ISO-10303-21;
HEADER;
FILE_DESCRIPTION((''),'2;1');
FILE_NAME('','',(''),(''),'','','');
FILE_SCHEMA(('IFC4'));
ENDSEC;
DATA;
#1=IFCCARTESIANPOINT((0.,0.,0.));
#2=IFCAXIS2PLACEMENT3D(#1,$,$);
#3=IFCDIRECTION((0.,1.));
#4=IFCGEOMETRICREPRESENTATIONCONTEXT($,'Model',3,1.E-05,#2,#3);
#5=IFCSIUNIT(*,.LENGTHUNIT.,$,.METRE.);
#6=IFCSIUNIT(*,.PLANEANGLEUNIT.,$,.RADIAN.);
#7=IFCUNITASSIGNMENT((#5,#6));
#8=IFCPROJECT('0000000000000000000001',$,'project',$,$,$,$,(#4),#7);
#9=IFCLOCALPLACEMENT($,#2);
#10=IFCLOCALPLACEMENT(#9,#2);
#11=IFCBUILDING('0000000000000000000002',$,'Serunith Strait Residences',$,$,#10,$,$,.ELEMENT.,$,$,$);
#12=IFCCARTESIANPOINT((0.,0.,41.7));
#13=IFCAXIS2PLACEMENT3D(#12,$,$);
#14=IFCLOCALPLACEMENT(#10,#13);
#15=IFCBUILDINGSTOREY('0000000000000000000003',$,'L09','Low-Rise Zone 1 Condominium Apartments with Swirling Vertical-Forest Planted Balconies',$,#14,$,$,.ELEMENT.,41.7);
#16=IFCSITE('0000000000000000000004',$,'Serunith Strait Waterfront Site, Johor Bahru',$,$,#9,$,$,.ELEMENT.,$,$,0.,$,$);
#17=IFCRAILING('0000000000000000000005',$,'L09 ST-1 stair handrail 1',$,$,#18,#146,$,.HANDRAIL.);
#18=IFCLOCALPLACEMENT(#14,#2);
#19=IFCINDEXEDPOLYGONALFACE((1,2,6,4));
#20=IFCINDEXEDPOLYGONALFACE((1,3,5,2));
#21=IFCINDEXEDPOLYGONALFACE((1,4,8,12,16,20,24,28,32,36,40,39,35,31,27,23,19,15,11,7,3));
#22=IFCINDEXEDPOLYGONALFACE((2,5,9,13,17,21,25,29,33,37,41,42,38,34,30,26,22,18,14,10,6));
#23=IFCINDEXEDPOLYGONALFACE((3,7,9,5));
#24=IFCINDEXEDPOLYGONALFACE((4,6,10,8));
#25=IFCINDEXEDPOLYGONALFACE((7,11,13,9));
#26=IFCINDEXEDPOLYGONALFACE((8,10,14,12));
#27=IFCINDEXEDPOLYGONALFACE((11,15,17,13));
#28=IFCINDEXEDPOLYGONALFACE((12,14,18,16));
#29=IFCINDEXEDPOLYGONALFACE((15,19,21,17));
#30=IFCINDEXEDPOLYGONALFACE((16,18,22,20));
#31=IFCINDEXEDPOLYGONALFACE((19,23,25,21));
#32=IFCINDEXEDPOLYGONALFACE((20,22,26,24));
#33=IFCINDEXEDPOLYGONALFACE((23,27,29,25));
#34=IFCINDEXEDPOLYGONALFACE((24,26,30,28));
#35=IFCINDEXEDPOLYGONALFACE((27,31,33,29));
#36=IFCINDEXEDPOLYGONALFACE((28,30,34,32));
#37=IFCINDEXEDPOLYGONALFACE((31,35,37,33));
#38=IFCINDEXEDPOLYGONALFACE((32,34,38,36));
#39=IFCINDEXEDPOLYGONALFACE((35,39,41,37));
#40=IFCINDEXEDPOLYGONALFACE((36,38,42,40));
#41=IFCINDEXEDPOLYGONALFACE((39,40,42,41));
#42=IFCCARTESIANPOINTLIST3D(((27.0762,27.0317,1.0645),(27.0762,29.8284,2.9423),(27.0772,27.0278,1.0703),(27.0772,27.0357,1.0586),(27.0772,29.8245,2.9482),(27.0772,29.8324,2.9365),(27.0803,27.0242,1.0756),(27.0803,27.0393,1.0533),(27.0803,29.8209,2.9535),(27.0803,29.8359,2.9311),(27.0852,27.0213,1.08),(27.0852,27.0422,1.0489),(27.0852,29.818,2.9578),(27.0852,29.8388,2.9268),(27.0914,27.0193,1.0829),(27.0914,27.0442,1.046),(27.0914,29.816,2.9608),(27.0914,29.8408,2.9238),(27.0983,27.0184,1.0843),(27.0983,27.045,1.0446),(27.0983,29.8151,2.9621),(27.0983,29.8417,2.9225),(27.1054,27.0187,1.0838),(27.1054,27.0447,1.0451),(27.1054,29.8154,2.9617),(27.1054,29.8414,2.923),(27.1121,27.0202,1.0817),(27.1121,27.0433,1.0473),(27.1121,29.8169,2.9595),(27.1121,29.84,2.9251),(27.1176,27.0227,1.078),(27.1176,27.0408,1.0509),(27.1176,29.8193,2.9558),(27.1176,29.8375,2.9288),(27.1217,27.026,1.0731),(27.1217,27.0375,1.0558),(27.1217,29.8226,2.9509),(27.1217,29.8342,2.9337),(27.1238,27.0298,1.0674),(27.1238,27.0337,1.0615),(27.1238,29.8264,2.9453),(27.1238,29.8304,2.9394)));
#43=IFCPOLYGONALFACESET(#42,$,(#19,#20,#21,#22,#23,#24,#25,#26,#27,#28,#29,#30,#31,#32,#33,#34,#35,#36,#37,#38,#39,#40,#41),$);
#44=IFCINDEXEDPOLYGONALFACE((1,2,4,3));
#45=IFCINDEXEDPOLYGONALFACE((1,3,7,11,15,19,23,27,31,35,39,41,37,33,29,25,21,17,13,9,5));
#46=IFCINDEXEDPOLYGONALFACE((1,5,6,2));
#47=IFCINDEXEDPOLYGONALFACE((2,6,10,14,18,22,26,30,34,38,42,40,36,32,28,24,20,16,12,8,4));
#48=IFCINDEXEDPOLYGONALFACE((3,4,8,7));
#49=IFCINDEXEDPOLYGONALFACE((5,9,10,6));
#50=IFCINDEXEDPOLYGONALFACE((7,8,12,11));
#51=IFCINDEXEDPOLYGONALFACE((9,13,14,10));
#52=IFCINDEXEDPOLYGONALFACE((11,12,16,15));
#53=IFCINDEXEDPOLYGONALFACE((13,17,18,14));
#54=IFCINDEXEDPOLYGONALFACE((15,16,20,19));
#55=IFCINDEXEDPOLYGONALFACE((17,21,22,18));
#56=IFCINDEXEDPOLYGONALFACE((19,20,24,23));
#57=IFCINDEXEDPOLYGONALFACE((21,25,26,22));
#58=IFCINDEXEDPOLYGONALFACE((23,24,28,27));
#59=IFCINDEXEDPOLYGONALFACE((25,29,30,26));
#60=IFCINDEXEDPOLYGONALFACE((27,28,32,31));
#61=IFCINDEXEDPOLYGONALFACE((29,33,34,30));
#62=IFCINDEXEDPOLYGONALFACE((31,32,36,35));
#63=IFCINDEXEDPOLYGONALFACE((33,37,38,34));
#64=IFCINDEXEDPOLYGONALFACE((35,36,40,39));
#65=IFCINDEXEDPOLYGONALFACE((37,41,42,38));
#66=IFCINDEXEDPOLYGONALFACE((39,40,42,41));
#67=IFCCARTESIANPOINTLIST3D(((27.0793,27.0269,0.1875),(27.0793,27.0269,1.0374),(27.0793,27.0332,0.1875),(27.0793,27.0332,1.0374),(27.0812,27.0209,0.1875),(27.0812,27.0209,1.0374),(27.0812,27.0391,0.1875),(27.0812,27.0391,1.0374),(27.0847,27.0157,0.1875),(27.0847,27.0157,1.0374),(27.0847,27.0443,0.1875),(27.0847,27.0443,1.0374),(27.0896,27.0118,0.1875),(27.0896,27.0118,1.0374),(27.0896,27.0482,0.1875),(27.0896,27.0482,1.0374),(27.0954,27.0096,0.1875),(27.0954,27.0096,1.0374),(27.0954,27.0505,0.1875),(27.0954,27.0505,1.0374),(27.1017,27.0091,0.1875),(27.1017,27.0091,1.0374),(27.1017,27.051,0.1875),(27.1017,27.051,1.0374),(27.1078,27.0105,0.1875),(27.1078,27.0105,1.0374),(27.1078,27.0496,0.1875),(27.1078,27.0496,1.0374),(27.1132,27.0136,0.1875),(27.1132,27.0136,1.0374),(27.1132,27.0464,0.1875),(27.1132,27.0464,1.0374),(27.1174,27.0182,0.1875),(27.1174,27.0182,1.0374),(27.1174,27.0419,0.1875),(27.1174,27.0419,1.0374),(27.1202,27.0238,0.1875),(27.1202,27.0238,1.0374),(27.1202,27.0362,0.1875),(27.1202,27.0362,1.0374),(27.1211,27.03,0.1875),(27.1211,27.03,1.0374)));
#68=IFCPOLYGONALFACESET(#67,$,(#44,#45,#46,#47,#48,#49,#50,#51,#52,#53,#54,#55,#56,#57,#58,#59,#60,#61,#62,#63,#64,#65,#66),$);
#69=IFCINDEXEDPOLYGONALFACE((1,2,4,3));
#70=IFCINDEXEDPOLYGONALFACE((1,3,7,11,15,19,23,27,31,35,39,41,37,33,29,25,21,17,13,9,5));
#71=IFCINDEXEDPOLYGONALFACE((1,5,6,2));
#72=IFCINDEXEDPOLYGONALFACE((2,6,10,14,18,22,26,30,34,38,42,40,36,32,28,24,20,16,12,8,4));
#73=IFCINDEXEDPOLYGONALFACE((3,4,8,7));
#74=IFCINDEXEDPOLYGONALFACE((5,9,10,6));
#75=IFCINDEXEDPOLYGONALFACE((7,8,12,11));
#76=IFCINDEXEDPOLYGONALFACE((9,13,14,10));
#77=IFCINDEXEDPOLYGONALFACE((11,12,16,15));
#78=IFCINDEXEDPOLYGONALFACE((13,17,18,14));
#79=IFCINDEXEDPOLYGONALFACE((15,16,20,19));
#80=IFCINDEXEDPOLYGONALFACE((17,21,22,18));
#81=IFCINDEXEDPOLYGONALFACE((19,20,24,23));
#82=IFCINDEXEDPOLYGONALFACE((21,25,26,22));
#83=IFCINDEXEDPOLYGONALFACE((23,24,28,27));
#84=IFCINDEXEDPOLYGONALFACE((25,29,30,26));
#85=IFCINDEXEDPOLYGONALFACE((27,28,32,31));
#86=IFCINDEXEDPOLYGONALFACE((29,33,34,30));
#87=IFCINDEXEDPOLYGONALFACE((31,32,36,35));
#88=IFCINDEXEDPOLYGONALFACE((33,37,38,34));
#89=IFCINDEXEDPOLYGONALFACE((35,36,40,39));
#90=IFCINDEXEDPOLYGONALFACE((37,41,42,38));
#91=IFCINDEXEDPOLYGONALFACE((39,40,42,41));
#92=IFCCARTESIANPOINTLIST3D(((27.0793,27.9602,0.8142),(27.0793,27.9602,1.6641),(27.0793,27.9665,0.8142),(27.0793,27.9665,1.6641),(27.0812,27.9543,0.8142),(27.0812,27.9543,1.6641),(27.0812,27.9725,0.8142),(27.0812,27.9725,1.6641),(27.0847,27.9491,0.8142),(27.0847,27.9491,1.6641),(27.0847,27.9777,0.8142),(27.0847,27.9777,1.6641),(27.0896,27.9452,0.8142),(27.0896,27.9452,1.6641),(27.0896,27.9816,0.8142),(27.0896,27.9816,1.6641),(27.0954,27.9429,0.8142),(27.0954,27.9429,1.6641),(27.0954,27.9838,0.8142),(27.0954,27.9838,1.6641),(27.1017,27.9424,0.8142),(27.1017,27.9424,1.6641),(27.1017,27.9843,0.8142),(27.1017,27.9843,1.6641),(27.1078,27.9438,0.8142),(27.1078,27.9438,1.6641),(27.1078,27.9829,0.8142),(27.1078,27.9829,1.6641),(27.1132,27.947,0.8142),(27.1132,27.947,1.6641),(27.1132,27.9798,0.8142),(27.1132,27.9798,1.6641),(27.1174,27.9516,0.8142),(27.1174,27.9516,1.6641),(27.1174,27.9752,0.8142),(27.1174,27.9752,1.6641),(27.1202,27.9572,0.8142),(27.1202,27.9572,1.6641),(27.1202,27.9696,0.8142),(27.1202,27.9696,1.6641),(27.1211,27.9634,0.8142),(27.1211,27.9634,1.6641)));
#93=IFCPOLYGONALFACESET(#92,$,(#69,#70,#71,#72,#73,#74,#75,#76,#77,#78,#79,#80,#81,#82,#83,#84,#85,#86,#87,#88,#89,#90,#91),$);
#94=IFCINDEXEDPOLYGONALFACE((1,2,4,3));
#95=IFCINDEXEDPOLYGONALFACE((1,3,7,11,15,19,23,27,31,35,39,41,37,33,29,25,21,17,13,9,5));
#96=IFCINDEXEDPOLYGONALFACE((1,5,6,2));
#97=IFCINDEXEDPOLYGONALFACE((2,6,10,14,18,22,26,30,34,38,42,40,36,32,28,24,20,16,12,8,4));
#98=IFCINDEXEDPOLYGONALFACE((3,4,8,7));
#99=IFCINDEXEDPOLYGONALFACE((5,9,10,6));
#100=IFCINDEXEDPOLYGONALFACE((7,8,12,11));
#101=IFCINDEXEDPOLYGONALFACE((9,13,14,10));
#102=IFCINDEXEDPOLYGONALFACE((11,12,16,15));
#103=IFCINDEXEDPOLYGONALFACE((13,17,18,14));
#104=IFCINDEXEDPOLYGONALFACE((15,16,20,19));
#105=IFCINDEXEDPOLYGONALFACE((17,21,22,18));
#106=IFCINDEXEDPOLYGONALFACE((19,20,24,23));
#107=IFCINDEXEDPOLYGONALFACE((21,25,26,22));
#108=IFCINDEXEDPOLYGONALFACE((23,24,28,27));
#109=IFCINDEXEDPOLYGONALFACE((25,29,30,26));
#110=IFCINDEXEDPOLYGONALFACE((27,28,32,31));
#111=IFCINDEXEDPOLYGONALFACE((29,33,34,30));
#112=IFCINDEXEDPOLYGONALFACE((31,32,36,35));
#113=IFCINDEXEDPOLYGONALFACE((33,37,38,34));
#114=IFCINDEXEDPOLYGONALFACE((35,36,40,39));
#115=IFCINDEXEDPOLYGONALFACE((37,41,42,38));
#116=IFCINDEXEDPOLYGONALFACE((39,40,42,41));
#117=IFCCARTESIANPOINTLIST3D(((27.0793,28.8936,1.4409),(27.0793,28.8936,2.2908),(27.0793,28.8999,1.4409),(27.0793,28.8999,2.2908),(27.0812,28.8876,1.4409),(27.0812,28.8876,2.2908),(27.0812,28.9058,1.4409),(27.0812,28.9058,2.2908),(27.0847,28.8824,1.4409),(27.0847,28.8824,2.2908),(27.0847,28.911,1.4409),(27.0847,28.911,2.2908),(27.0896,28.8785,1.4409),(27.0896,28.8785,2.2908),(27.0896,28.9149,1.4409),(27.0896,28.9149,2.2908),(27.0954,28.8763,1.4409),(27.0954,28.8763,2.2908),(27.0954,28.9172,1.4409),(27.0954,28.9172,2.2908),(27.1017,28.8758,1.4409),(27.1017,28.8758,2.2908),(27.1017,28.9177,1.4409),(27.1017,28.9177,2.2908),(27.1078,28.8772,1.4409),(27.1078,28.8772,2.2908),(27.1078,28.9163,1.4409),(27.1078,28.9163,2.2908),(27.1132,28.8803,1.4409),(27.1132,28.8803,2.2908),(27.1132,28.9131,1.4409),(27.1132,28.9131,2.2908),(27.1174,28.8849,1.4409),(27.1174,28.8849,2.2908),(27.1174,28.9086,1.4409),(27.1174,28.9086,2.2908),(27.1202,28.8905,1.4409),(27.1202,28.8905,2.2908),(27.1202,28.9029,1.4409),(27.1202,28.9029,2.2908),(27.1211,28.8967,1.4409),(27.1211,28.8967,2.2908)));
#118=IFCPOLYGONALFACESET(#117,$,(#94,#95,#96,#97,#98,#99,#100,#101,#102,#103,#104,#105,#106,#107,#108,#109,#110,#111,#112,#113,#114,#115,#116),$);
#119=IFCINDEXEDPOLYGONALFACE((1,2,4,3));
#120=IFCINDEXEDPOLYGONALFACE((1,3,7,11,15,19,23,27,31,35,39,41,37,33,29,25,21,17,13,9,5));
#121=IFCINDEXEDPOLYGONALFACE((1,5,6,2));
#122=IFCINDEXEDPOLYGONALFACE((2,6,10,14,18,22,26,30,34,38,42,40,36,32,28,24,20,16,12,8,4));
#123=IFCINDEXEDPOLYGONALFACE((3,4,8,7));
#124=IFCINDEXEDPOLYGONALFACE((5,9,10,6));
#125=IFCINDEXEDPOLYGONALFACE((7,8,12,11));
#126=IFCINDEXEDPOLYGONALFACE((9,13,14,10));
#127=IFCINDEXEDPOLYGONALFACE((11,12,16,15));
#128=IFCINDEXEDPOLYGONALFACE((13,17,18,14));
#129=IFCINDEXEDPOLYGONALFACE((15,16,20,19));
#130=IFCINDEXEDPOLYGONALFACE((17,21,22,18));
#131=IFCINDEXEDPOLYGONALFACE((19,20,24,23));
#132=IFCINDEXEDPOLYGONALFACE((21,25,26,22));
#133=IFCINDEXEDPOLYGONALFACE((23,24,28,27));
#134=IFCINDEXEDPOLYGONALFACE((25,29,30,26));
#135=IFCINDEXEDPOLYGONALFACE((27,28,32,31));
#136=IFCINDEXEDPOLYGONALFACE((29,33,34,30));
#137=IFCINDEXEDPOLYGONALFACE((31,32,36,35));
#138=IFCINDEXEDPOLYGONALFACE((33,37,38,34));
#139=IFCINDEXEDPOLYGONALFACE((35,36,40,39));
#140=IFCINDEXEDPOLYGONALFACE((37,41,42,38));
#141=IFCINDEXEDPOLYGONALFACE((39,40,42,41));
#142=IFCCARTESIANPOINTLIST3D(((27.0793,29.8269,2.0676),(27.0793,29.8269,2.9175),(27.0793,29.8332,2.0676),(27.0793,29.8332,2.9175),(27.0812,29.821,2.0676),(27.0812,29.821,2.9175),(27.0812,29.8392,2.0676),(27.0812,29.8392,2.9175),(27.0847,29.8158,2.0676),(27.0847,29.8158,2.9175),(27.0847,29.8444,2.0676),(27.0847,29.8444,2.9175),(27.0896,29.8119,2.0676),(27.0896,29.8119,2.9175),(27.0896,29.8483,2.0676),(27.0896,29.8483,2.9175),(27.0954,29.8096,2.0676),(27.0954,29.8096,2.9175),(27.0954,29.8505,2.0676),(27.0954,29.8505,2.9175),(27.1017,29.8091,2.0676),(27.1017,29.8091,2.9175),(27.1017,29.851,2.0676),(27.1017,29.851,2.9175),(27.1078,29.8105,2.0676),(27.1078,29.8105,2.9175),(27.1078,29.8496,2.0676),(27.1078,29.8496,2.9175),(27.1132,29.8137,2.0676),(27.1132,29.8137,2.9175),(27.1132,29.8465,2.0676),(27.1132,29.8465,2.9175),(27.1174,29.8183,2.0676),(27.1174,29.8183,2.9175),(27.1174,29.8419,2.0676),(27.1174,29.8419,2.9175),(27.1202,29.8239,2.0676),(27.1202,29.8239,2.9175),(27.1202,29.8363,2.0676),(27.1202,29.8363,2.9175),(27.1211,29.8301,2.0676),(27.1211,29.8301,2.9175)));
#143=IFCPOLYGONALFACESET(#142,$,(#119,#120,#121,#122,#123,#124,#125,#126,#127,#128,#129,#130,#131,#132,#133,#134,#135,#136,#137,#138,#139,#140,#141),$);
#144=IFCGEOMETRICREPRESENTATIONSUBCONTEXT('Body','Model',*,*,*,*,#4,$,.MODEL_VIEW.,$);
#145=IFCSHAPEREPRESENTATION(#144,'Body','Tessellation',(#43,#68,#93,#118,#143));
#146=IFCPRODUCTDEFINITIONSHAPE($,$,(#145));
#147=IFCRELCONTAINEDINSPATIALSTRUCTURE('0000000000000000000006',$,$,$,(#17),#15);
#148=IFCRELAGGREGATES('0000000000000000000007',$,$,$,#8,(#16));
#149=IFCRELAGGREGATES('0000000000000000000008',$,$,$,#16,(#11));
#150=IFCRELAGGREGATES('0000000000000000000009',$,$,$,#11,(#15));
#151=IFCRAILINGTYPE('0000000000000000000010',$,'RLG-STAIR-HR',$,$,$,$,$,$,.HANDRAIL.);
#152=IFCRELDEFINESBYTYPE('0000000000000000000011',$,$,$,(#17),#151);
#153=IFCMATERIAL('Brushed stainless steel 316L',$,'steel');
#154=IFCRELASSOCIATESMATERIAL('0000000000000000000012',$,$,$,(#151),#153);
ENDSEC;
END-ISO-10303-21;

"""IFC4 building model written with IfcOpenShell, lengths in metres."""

from ifc_helpers import new_model, si_unit, direction, frame, origin, origin_2d, place, context, subcontext, project, spatial, circle, extrude, material, type_object, element, save


model = new_model("IFC4")

# Units and contexts
model_context = context("Model", 3, precision=1e-05, world=origin(), true_north=direction((0.0, 1.0)))
body_context = subcontext(model_context, "Body", "Model", "MODEL_VIEW")
ifc_project = project(units=[si_unit("LENGTHUNIT", "METRE"), si_unit("PLANEANGLEUNIT", "RADIAN")], contexts=[model_context])

# Site, building, storey
site_placement = place(None, origin())
site = spatial("IfcSite", under=ifc_project, at=site_placement, Name="Serunith Strait Waterfront Site, Johor Bahru", CompositionType="ELEMENT", RefElevation=0.0)
building_placement = place(site_placement, origin())
building = spatial("IfcBuilding", under=site, at=building_placement, Name="Serunith Strait Residences", CompositionType="ELEMENT")
storey_placement = place(building_placement, frame((0.0, 0.0, 41.7)))
storey = spatial("IfcBuildingStorey", under=building, at=storey_placement, Name="L09", Description="Low-Rise Zone 1 Condominium Apartments with Swirling Vertical-Forest Planted Balconies", CompositionType="ELEMENT", Elevation=41.7)

# Railing
ifc_material_1 = material(Name="Brushed stainless steel 316L", Category="steel")
railing_type_1 = type_object("IfcRailingType", Name="RLG-STAIR-HR", PredefinedType="HANDRAIL", material=ifc_material_1)
railing_1_placement = place(storey_placement, frame((27.1001, 27.03, 0.1875)))
element("IfcRailing", 1, at=railing_1_placement, inside=storey, type_object=railing_type_1, Name="L09 ST-1 stair handrail 1", PredefinedType="HANDRAIL", context=body_context, shape_type="SweptSolid", body=[
    extrude(circle(Radius=0.0239, at=origin_2d()), frame((0.0, 0.0017, 0.877), z_axis=(0.0, 0.830208, 0.557453), x_axis=(-1.0, 0.0, 0.0)), (0.0, 0.0, 1.0), 3.3687),
    extrude(circle(Radius=0.021, at=origin_2d()), origin(), (0.0, 0.0, 1.0), 0.8499),
    extrude(circle(Radius=0.021, at=origin_2d()), frame((0.0, 0.9333, 0.6267)), (0.0, 0.0, 1.0), 0.8499),
    extrude(circle(Radius=0.021, at=origin_2d()), frame((0.0, 1.8667, 1.2534)), (0.0, 0.0, 1.0), 0.8499),
    extrude(circle(Radius=0.021, at=origin_2d()), frame((0.0, 2.8, 1.8801)), (0.0, 0.0, 1.0), 0.8499),
])

save(model, "model.ifc")
